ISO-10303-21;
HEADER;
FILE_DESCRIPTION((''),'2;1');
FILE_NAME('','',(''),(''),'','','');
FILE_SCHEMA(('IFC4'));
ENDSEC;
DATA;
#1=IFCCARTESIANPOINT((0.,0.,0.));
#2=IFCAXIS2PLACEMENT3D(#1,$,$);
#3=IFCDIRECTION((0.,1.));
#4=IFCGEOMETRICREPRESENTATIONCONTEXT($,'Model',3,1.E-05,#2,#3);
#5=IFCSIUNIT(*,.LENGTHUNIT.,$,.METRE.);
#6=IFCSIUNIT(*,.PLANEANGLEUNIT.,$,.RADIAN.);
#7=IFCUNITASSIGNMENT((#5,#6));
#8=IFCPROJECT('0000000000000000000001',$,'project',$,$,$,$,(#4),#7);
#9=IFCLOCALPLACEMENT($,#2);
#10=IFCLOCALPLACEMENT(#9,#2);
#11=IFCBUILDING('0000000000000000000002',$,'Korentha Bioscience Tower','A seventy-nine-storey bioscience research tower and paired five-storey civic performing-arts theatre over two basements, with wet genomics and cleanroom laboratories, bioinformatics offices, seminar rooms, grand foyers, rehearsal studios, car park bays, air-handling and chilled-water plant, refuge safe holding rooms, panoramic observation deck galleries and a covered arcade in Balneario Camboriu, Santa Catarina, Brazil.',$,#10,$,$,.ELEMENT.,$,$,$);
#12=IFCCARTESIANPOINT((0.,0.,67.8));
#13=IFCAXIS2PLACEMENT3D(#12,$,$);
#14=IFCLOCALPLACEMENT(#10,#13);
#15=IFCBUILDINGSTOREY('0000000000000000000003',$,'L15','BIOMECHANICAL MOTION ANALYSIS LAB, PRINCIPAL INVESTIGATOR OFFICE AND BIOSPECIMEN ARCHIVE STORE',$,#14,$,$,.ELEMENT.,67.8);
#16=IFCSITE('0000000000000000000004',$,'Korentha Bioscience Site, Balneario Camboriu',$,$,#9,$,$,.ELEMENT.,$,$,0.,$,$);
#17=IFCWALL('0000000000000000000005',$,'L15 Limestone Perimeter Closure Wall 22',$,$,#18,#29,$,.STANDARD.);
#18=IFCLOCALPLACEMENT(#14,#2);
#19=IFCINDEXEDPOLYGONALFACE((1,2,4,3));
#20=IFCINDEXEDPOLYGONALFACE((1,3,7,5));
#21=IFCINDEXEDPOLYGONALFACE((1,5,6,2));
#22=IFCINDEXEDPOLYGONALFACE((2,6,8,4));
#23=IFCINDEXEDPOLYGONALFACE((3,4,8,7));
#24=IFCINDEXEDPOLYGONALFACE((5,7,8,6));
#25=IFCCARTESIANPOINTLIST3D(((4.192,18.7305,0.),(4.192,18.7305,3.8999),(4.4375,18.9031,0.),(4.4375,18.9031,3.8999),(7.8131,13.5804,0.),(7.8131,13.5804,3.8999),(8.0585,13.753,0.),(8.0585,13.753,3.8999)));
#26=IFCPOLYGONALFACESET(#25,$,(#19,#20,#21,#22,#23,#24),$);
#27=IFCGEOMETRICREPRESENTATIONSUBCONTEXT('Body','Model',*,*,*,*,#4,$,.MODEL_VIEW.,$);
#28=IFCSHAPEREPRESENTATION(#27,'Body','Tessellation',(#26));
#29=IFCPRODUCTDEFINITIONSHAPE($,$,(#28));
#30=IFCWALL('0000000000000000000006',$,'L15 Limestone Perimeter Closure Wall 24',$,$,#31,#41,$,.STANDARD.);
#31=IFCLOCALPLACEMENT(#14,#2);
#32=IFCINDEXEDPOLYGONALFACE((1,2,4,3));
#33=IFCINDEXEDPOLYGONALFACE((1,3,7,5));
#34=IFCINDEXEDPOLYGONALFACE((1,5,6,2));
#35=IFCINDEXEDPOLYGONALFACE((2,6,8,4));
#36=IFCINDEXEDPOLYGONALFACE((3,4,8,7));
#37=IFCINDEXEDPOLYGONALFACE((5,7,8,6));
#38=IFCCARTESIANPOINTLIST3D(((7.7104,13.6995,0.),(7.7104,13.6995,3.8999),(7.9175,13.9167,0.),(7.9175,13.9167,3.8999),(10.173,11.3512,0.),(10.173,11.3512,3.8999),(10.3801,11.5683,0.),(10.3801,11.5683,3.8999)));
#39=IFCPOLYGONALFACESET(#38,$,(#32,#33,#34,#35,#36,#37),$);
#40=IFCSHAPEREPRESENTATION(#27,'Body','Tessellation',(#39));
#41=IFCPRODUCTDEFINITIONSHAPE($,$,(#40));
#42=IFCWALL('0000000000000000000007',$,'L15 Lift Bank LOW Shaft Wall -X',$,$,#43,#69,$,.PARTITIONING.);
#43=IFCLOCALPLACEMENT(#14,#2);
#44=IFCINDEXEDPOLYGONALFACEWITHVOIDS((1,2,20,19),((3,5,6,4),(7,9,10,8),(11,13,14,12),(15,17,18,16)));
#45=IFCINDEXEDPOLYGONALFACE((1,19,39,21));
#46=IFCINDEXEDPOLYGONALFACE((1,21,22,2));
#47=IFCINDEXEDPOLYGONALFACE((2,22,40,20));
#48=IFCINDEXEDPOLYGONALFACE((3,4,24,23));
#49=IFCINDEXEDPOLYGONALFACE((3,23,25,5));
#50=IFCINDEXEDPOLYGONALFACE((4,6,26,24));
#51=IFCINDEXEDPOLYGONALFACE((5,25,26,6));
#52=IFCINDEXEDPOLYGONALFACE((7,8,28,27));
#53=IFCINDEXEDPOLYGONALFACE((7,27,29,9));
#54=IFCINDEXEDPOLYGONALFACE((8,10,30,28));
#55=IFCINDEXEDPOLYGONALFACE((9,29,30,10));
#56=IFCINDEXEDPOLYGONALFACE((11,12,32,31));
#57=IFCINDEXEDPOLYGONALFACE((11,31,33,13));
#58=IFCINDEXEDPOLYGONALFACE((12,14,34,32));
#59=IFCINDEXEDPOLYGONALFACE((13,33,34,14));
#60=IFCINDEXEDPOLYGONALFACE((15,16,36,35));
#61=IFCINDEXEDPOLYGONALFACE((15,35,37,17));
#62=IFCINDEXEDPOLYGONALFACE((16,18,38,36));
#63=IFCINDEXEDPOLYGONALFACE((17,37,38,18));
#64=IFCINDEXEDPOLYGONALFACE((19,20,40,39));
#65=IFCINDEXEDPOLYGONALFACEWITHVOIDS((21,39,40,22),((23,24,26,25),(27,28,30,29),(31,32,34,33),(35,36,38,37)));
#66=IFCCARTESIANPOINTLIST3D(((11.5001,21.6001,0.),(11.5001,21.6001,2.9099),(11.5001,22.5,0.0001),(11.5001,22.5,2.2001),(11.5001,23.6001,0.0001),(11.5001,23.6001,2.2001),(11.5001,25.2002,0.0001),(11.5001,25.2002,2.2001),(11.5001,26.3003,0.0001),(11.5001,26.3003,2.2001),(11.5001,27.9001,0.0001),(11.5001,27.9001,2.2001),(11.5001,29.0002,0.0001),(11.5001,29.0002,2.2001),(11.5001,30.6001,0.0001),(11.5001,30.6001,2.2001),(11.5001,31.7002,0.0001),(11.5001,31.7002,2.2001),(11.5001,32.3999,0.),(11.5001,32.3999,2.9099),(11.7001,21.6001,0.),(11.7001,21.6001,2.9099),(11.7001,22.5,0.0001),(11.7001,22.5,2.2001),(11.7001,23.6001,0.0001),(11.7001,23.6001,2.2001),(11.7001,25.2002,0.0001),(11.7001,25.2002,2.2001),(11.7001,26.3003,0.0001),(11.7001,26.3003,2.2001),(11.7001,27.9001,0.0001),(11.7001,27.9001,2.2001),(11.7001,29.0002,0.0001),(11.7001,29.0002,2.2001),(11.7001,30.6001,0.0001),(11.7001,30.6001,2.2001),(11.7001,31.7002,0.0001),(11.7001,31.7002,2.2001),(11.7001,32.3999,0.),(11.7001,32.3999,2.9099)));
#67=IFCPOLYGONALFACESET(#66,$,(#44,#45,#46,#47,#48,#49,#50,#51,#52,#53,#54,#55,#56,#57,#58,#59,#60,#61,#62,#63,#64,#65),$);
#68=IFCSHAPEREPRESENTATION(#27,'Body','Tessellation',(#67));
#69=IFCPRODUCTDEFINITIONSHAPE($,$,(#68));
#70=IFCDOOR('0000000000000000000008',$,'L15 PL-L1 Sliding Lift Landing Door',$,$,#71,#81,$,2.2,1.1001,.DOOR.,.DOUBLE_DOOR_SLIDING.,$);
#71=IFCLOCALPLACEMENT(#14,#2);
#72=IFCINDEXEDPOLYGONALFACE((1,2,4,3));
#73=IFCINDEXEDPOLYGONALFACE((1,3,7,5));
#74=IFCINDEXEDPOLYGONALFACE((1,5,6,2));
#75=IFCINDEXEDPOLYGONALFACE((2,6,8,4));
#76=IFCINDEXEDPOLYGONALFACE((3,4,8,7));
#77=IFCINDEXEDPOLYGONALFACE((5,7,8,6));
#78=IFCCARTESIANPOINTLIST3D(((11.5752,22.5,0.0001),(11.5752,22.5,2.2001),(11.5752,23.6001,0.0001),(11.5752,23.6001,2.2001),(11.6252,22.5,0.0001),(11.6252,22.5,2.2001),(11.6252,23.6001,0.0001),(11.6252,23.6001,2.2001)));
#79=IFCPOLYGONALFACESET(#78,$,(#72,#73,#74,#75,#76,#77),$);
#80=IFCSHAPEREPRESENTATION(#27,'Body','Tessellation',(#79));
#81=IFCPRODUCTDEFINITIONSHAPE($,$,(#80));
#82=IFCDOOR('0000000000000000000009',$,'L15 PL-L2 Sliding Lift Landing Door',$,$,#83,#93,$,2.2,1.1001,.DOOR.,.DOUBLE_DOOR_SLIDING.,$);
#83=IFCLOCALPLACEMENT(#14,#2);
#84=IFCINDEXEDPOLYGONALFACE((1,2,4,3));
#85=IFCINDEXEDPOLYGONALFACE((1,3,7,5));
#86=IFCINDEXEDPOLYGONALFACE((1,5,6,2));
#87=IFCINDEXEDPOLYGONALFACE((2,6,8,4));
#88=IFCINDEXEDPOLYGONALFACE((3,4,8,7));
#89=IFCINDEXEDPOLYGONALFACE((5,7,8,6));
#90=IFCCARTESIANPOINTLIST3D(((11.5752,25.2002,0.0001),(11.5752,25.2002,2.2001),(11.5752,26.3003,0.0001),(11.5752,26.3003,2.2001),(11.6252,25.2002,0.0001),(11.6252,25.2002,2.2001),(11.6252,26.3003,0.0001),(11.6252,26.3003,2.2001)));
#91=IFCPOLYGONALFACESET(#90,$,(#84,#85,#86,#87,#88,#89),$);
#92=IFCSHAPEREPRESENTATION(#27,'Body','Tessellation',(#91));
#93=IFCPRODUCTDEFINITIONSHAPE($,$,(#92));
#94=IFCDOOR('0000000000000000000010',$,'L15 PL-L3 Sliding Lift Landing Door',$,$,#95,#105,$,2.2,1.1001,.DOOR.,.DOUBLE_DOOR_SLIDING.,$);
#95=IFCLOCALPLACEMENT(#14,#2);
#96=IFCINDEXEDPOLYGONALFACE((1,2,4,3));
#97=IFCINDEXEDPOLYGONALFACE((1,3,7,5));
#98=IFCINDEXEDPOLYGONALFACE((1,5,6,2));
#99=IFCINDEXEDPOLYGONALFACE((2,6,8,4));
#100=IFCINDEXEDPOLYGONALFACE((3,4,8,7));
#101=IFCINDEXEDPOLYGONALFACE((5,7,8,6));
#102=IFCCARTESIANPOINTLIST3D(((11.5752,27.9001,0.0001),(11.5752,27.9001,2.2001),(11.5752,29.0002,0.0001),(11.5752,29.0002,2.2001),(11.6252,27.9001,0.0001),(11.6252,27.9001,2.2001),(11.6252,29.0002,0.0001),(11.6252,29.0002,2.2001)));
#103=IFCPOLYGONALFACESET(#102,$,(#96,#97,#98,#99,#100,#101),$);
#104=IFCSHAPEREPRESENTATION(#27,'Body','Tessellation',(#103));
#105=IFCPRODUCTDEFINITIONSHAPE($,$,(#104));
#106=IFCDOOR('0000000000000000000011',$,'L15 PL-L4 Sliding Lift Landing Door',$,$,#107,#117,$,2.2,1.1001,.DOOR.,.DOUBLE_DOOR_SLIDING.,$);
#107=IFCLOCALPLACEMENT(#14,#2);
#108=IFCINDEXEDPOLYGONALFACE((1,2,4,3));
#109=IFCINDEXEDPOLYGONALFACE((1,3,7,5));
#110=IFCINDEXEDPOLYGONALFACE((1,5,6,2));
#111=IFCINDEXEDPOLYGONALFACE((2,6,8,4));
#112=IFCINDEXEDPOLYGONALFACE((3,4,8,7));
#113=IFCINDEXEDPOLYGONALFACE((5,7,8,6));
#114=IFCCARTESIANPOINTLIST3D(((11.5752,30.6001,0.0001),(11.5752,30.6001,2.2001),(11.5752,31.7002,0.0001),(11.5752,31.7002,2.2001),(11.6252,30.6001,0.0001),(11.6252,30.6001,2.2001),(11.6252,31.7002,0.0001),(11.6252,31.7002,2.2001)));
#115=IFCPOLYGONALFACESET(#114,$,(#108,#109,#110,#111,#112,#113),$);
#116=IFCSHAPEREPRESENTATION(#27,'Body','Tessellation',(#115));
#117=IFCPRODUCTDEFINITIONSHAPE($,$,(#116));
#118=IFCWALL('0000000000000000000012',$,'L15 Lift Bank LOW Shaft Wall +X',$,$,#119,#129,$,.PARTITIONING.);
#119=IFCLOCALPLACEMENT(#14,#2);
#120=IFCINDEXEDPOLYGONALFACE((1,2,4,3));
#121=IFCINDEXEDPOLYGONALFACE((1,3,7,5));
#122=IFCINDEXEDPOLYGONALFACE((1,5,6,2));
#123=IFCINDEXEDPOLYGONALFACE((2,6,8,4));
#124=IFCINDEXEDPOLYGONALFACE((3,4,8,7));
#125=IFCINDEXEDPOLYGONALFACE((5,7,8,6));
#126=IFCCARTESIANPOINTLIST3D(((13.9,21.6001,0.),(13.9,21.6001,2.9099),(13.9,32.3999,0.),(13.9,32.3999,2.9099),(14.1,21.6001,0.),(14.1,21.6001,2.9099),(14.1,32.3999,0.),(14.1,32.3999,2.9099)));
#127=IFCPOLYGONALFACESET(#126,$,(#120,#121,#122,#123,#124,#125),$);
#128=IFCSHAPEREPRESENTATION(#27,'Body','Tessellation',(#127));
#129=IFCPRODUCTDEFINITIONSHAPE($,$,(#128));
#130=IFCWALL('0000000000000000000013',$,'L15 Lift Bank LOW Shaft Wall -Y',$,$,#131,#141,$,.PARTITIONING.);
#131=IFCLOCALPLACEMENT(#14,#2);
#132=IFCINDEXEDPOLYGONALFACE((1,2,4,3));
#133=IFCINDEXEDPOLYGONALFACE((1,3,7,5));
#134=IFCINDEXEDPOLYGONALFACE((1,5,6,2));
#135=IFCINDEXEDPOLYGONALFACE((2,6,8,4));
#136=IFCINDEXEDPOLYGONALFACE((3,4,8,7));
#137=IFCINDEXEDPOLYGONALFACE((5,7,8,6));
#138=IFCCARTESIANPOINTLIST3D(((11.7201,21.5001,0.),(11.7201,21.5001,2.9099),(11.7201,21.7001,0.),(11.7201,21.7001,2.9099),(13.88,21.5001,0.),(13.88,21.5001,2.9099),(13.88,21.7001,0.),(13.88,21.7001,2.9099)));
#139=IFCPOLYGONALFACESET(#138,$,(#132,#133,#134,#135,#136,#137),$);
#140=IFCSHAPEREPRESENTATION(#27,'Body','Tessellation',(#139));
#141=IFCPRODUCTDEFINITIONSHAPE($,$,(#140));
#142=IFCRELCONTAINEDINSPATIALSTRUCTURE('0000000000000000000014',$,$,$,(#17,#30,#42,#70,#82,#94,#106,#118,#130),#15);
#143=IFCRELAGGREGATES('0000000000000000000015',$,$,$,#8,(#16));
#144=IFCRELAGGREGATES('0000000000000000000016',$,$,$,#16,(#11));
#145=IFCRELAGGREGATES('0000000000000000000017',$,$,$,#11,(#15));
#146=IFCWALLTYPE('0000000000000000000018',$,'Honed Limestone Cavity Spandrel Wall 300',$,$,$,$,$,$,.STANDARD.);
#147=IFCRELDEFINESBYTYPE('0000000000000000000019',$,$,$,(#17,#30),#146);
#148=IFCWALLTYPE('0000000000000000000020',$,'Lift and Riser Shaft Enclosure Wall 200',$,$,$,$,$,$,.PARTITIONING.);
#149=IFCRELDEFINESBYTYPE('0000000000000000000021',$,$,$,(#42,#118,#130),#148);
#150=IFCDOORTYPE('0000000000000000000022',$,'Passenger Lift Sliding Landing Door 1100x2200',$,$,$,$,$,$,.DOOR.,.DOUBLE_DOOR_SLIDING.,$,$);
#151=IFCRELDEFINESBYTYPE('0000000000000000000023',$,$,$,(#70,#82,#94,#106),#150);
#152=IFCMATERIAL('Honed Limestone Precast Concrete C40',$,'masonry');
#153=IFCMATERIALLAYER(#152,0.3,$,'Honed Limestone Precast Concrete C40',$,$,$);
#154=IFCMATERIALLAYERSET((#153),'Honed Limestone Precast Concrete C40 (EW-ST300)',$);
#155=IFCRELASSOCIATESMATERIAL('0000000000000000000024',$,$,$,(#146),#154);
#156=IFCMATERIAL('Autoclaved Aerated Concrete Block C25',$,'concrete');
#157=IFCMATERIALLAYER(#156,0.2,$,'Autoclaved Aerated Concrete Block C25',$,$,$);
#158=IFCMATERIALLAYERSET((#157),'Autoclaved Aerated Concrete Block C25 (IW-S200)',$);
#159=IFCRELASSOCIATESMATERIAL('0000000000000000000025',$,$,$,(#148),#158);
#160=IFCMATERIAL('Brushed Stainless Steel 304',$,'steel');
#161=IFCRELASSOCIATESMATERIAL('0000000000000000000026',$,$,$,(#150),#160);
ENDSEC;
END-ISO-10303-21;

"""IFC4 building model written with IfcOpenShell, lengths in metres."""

from ifc_helpers import new_model, si_unit, direction, frame, frame_2d, origin, place, context, subcontext, project, spatial, rectangle, extrude, material, layer, layer_set, type_object, element, fill, save


model = new_model("IFC4")

# Units and contexts
model_context = context("Model", 3, precision=1e-05, world=origin(), true_north=direction((0.0, 1.0)))
body_context = subcontext(model_context, "Body", "Model", "MODEL_VIEW")
ifc_project = project(units=[si_unit("LENGTHUNIT", "METRE"), si_unit("PLANEANGLEUNIT", "RADIAN")], contexts=[model_context])

# Site, building, storey
site_placement = place(None, origin())
site = spatial("IfcSite", under=ifc_project, at=site_placement, Name="Korentha Bioscience Site, Balneario Camboriu", CompositionType="ELEMENT", RefElevation=0.0)
building_placement = place(site_placement, origin())
building = spatial("IfcBuilding", under=site, at=building_placement, Name="Korentha Bioscience Tower", Description="A seventy-nine-storey bioscience research tower and paired five-storey civic performing-arts theatre over two basements, with wet genomics and cleanroom laboratories, bioinformatics offices, seminar rooms, grand foyers, rehearsal studios, car park bays, air-handling and chilled-water plant, refuge safe holding rooms, panoramic observation deck galleries and a covered arcade in Balneario Camboriu, Santa Catarina, Brazil.", CompositionType="ELEMENT")
storey_placement = place(building_placement, frame((0.0, 0.0, 67.8)))
storey = spatial("IfcBuildingStorey", under=building, at=storey_placement, Name="L15", Description="BIOMECHANICAL MOTION ANALYSIS LAB, PRINCIPAL INVESTIGATOR OFFICE AND BIOSPECIMEN ARCHIVE STORE", CompositionType="ELEMENT", Elevation=67.8)

# Shared definitions
ifc_material_1 = material(Name="Honed Limestone Precast Concrete C40", Category="masonry")
ifc_layer_1 = layer(ifc_material_1, 0.3, Name="Honed Limestone Precast Concrete C40")
ifc_layer_set_1 = layer_set([ifc_layer_1], Name="Honed Limestone Precast Concrete C40 (EW-ST300)")
wall_type_1 = type_object("IfcWallType", Name="Honed Limestone Cavity Spandrel Wall 300", PredefinedType="STANDARD", material=ifc_layer_set_1)

# Walls
wall_1_placement = place(storey_placement, frame((4.3147, 18.8169, 0.0), z_axis=(0.0, 0.0, 1.0), x_axis=(0.575166, -0.818037, 0.0)))
element("IfcWall", 1, at=wall_1_placement, inside=storey, type_object=wall_type_1, Name="L15 Limestone Perimeter Closure Wall 22", PredefinedType="STANDARD", context=body_context, shape_type="SweptSolid", body=[
    extrude(rectangle(XDim=6.2957, YDim=0.3, at=frame_2d((3.1479, 0.0))), origin(), (0.0, 0.0, 1.0), 3.8999),
])
wall_2_placement = place(storey_placement, frame((7.814, 13.8081, 0.0), z_axis=(0.0, 0.0, 1.0), x_axis=(0.723696, -0.690119, 0.0)))
element("IfcWall", 2, at=wall_2_placement, inside=storey, type_object=wall_type_1, Name="L15 Limestone Perimeter Closure Wall 24", PredefinedType="STANDARD", context=body_context, shape_type="SweptSolid", body=[
    extrude(rectangle(XDim=3.4028, YDim=0.3, at=frame_2d((1.7014, 0.0))), origin(), (0.0, 0.0, 1.0), 3.8999),
])

# Wall, openings, doors
ifc_material_2 = material(Name="Autoclaved Aerated Concrete Block C25", Category="concrete")
ifc_layer_2 = layer(ifc_material_2, 0.2, Name="Autoclaved Aerated Concrete Block C25")
ifc_layer_set_2 = layer_set([ifc_layer_2], Name="Autoclaved Aerated Concrete Block C25 (IW-S200)")
wall_type_2 = type_object("IfcWallType", Name="Lift and Riser Shaft Enclosure Wall 200", PredefinedType="PARTITIONING", material=ifc_layer_set_2)
wall_3_placement = place(storey_placement, frame((11.6001, 21.6001, 0.0), z_axis=(0.0, 0.0, 1.0), x_axis=(0.0, 1.0, 0.0)))
wall_3 = element("IfcWall", 3, at=wall_3_placement, inside=storey, type_object=wall_type_2, Name="L15 Lift Bank LOW Shaft Wall -X", PredefinedType="PARTITIONING", context=body_context, shape_type="SweptSolid", body=[
    extrude(rectangle(XDim=10.7998, YDim=0.2, at=frame_2d((5.3999, 0.0))), origin(), (0.0, 0.0, 1.0), 2.9099),
])
opening_1_placement = place(wall_3_placement, frame((0.8999, 0.0, 0.0)))
opening_1 = element("IfcOpeningElement", 4, at=opening_1_placement, cuts=wall_3, PredefinedType="OPENING", context=body_context, shape_type="SweptSolid", body=[
    extrude(rectangle(XDim=1.1001, YDim=2.2, at=frame_2d((0.55, 1.1001))), frame((0.0, 0.1147, 0.0), z_axis=(0.0, -1.0, 0.0), x_axis=(1.0, 0.0, 0.0)), (0.0, 0.0, 1.0), 0.2297),
])
opening_2_placement = place(wall_3_placement, frame((3.6001, 0.0, 0.0)))
opening_2 = element("IfcOpeningElement", 5, at=opening_2_placement, cuts=wall_3, PredefinedType="OPENING", context=body_context, shape_type="SweptSolid", body=[
    extrude(rectangle(XDim=1.1001, YDim=2.2, at=frame_2d((0.55, 1.1001))), frame((0.0, 0.1147, 0.0), z_axis=(0.0, -1.0, 0.0), x_axis=(1.0, 0.0, 0.0)), (0.0, 0.0, 1.0), 0.2297),
])
opening_3_placement = place(wall_3_placement, frame((6.3, 0.0, 0.0)))
opening_3 = element("IfcOpeningElement", 6, at=opening_3_placement, cuts=wall_3, PredefinedType="OPENING", context=body_context, shape_type="SweptSolid", body=[
    extrude(rectangle(XDim=1.1001, YDim=2.2, at=frame_2d((0.55, 1.1001))), frame((0.0, 0.1147, 0.0), z_axis=(0.0, -1.0, 0.0), x_axis=(1.0, 0.0, 0.0)), (0.0, 0.0, 1.0), 0.2297),
])
opening_4_placement = place(wall_3_placement, frame((9.0, 0.0, 0.0)))
opening_4 = element("IfcOpeningElement", 7, at=opening_4_placement, cuts=wall_3, PredefinedType="OPENING", context=body_context, shape_type="SweptSolid", body=[
    extrude(rectangle(XDim=1.1001, YDim=2.2, at=frame_2d((0.55, 1.1001))), frame((0.0, 0.1147, 0.0), z_axis=(0.0, -1.0, 0.0), x_axis=(1.0, 0.0, 0.0)), (0.0, 0.0, 1.0), 0.2297),
])
ifc_material_3 = material(Name="Brushed Stainless Steel 304", Category="steel")
door_type_1 = type_object("IfcDoorType", Name="Passenger Lift Sliding Landing Door 1100x2200", OperationType="DOUBLE_DOOR_SLIDING", PredefinedType="DOOR", material=ifc_material_3)
door_1_placement = place(opening_1_placement, origin())
door_1 = element("IfcDoor", 8, at=door_1_placement, inside=storey, type_object=door_type_1, Name="L15 PL-L1 Sliding Lift Landing Door", OperationType="DOUBLE_DOOR_SLIDING", OverallHeight=2.2, OverallWidth=1.1001, PredefinedType="DOOR", context=body_context, shape_type="SweptSolid", body=[
    extrude(rectangle(XDim=1.1001, YDim=2.2, at=frame_2d((0.55, 1.1001))), frame((0.0, 0.0249, 0.0), z_axis=(0.0, -1.0, 0.0), x_axis=(1.0, 0.0, 0.0)), (0.0, 0.0, 1.0), 0.05),
])
fill(opening_1, door_1)
door_2_placement = place(opening_2_placement, origin())
door_2 = element("IfcDoor", 9, at=door_2_placement, inside=storey, type_object=door_type_1, Name="L15 PL-L2 Sliding Lift Landing Door", OperationType="DOUBLE_DOOR_SLIDING", OverallHeight=2.2, OverallWidth=1.1001, PredefinedType="DOOR", context=body_context, shape_type="SweptSolid", body=[
    extrude(rectangle(XDim=1.1001, YDim=2.2, at=frame_2d((0.55, 1.1001))), frame((0.0, 0.0249, 0.0), z_axis=(0.0, -1.0, 0.0), x_axis=(1.0, 0.0, 0.0)), (0.0, 0.0, 1.0), 0.05),
])
fill(opening_2, door_2)
door_3_placement = place(opening_3_placement, origin())
door_3 = element("IfcDoor", 10, at=door_3_placement, inside=storey, type_object=door_type_1, Name="L15 PL-L3 Sliding Lift Landing Door", OperationType="DOUBLE_DOOR_SLIDING", OverallHeight=2.2, OverallWidth=1.1001, PredefinedType="DOOR", context=body_context, shape_type="SweptSolid", body=[
    extrude(rectangle(XDim=1.1001, YDim=2.2, at=frame_2d((0.55, 1.1001))), frame((0.0, 0.0249, 0.0), z_axis=(0.0, -1.0, 0.0), x_axis=(1.0, 0.0, 0.0)), (0.0, 0.0, 1.0), 0.05),
])
fill(opening_3, door_3)
door_4_placement = place(opening_4_placement, origin())
door_4 = element("IfcDoor", 11, at=door_4_placement, inside=storey, type_object=door_type_1, Name="L15 PL-L4 Sliding Lift Landing Door", OperationType="DOUBLE_DOOR_SLIDING", OverallHeight=2.2, OverallWidth=1.1001, PredefinedType="DOOR", context=body_context, shape_type="SweptSolid", body=[
    extrude(rectangle(XDim=1.1001, YDim=2.2, at=frame_2d((0.55, 1.1001))), frame((0.0, 0.0249, 0.0), z_axis=(0.0, -1.0, 0.0), x_axis=(1.0, 0.0, 0.0)), (0.0, 0.0, 1.0), 0.05),
])
fill(opening_4, door_4)

# Walls
wall_4_placement = place(storey_placement, frame((14.0, 21.6001, 0.0), z_axis=(0.0, 0.0, 1.0), x_axis=(0.0, 1.0, 0.0)))
element("IfcWall", 12, at=wall_4_placement, inside=storey, type_object=wall_type_2, Name="L15 Lift Bank LOW Shaft Wall +X", PredefinedType="PARTITIONING", context=body_context, shape_type="SweptSolid", body=[
    extrude(rectangle(XDim=10.7998, YDim=0.2, at=frame_2d((5.3999, 0.0))), origin(), (0.0, 0.0, 1.0), 2.9099),
])
wall_5_placement = place(storey_placement, frame((11.72, 21.6001, 0.0), z_axis=(0.0, 0.0, 1.0), x_axis=(1.0, 0.0, 0.0)))
element("IfcWall", 13, at=wall_5_placement, inside=storey, type_object=wall_type_2, Name="L15 Lift Bank LOW Shaft Wall -Y", PredefinedType="PARTITIONING", context=body_context, shape_type="SweptSolid", body=[
    extrude(rectangle(XDim=2.1599, YDim=0.2, at=frame_2d((1.0801, 0.0))), origin(), (0.0, 0.0, 1.0), 2.9099),
])

save(model, "model.ifc")
